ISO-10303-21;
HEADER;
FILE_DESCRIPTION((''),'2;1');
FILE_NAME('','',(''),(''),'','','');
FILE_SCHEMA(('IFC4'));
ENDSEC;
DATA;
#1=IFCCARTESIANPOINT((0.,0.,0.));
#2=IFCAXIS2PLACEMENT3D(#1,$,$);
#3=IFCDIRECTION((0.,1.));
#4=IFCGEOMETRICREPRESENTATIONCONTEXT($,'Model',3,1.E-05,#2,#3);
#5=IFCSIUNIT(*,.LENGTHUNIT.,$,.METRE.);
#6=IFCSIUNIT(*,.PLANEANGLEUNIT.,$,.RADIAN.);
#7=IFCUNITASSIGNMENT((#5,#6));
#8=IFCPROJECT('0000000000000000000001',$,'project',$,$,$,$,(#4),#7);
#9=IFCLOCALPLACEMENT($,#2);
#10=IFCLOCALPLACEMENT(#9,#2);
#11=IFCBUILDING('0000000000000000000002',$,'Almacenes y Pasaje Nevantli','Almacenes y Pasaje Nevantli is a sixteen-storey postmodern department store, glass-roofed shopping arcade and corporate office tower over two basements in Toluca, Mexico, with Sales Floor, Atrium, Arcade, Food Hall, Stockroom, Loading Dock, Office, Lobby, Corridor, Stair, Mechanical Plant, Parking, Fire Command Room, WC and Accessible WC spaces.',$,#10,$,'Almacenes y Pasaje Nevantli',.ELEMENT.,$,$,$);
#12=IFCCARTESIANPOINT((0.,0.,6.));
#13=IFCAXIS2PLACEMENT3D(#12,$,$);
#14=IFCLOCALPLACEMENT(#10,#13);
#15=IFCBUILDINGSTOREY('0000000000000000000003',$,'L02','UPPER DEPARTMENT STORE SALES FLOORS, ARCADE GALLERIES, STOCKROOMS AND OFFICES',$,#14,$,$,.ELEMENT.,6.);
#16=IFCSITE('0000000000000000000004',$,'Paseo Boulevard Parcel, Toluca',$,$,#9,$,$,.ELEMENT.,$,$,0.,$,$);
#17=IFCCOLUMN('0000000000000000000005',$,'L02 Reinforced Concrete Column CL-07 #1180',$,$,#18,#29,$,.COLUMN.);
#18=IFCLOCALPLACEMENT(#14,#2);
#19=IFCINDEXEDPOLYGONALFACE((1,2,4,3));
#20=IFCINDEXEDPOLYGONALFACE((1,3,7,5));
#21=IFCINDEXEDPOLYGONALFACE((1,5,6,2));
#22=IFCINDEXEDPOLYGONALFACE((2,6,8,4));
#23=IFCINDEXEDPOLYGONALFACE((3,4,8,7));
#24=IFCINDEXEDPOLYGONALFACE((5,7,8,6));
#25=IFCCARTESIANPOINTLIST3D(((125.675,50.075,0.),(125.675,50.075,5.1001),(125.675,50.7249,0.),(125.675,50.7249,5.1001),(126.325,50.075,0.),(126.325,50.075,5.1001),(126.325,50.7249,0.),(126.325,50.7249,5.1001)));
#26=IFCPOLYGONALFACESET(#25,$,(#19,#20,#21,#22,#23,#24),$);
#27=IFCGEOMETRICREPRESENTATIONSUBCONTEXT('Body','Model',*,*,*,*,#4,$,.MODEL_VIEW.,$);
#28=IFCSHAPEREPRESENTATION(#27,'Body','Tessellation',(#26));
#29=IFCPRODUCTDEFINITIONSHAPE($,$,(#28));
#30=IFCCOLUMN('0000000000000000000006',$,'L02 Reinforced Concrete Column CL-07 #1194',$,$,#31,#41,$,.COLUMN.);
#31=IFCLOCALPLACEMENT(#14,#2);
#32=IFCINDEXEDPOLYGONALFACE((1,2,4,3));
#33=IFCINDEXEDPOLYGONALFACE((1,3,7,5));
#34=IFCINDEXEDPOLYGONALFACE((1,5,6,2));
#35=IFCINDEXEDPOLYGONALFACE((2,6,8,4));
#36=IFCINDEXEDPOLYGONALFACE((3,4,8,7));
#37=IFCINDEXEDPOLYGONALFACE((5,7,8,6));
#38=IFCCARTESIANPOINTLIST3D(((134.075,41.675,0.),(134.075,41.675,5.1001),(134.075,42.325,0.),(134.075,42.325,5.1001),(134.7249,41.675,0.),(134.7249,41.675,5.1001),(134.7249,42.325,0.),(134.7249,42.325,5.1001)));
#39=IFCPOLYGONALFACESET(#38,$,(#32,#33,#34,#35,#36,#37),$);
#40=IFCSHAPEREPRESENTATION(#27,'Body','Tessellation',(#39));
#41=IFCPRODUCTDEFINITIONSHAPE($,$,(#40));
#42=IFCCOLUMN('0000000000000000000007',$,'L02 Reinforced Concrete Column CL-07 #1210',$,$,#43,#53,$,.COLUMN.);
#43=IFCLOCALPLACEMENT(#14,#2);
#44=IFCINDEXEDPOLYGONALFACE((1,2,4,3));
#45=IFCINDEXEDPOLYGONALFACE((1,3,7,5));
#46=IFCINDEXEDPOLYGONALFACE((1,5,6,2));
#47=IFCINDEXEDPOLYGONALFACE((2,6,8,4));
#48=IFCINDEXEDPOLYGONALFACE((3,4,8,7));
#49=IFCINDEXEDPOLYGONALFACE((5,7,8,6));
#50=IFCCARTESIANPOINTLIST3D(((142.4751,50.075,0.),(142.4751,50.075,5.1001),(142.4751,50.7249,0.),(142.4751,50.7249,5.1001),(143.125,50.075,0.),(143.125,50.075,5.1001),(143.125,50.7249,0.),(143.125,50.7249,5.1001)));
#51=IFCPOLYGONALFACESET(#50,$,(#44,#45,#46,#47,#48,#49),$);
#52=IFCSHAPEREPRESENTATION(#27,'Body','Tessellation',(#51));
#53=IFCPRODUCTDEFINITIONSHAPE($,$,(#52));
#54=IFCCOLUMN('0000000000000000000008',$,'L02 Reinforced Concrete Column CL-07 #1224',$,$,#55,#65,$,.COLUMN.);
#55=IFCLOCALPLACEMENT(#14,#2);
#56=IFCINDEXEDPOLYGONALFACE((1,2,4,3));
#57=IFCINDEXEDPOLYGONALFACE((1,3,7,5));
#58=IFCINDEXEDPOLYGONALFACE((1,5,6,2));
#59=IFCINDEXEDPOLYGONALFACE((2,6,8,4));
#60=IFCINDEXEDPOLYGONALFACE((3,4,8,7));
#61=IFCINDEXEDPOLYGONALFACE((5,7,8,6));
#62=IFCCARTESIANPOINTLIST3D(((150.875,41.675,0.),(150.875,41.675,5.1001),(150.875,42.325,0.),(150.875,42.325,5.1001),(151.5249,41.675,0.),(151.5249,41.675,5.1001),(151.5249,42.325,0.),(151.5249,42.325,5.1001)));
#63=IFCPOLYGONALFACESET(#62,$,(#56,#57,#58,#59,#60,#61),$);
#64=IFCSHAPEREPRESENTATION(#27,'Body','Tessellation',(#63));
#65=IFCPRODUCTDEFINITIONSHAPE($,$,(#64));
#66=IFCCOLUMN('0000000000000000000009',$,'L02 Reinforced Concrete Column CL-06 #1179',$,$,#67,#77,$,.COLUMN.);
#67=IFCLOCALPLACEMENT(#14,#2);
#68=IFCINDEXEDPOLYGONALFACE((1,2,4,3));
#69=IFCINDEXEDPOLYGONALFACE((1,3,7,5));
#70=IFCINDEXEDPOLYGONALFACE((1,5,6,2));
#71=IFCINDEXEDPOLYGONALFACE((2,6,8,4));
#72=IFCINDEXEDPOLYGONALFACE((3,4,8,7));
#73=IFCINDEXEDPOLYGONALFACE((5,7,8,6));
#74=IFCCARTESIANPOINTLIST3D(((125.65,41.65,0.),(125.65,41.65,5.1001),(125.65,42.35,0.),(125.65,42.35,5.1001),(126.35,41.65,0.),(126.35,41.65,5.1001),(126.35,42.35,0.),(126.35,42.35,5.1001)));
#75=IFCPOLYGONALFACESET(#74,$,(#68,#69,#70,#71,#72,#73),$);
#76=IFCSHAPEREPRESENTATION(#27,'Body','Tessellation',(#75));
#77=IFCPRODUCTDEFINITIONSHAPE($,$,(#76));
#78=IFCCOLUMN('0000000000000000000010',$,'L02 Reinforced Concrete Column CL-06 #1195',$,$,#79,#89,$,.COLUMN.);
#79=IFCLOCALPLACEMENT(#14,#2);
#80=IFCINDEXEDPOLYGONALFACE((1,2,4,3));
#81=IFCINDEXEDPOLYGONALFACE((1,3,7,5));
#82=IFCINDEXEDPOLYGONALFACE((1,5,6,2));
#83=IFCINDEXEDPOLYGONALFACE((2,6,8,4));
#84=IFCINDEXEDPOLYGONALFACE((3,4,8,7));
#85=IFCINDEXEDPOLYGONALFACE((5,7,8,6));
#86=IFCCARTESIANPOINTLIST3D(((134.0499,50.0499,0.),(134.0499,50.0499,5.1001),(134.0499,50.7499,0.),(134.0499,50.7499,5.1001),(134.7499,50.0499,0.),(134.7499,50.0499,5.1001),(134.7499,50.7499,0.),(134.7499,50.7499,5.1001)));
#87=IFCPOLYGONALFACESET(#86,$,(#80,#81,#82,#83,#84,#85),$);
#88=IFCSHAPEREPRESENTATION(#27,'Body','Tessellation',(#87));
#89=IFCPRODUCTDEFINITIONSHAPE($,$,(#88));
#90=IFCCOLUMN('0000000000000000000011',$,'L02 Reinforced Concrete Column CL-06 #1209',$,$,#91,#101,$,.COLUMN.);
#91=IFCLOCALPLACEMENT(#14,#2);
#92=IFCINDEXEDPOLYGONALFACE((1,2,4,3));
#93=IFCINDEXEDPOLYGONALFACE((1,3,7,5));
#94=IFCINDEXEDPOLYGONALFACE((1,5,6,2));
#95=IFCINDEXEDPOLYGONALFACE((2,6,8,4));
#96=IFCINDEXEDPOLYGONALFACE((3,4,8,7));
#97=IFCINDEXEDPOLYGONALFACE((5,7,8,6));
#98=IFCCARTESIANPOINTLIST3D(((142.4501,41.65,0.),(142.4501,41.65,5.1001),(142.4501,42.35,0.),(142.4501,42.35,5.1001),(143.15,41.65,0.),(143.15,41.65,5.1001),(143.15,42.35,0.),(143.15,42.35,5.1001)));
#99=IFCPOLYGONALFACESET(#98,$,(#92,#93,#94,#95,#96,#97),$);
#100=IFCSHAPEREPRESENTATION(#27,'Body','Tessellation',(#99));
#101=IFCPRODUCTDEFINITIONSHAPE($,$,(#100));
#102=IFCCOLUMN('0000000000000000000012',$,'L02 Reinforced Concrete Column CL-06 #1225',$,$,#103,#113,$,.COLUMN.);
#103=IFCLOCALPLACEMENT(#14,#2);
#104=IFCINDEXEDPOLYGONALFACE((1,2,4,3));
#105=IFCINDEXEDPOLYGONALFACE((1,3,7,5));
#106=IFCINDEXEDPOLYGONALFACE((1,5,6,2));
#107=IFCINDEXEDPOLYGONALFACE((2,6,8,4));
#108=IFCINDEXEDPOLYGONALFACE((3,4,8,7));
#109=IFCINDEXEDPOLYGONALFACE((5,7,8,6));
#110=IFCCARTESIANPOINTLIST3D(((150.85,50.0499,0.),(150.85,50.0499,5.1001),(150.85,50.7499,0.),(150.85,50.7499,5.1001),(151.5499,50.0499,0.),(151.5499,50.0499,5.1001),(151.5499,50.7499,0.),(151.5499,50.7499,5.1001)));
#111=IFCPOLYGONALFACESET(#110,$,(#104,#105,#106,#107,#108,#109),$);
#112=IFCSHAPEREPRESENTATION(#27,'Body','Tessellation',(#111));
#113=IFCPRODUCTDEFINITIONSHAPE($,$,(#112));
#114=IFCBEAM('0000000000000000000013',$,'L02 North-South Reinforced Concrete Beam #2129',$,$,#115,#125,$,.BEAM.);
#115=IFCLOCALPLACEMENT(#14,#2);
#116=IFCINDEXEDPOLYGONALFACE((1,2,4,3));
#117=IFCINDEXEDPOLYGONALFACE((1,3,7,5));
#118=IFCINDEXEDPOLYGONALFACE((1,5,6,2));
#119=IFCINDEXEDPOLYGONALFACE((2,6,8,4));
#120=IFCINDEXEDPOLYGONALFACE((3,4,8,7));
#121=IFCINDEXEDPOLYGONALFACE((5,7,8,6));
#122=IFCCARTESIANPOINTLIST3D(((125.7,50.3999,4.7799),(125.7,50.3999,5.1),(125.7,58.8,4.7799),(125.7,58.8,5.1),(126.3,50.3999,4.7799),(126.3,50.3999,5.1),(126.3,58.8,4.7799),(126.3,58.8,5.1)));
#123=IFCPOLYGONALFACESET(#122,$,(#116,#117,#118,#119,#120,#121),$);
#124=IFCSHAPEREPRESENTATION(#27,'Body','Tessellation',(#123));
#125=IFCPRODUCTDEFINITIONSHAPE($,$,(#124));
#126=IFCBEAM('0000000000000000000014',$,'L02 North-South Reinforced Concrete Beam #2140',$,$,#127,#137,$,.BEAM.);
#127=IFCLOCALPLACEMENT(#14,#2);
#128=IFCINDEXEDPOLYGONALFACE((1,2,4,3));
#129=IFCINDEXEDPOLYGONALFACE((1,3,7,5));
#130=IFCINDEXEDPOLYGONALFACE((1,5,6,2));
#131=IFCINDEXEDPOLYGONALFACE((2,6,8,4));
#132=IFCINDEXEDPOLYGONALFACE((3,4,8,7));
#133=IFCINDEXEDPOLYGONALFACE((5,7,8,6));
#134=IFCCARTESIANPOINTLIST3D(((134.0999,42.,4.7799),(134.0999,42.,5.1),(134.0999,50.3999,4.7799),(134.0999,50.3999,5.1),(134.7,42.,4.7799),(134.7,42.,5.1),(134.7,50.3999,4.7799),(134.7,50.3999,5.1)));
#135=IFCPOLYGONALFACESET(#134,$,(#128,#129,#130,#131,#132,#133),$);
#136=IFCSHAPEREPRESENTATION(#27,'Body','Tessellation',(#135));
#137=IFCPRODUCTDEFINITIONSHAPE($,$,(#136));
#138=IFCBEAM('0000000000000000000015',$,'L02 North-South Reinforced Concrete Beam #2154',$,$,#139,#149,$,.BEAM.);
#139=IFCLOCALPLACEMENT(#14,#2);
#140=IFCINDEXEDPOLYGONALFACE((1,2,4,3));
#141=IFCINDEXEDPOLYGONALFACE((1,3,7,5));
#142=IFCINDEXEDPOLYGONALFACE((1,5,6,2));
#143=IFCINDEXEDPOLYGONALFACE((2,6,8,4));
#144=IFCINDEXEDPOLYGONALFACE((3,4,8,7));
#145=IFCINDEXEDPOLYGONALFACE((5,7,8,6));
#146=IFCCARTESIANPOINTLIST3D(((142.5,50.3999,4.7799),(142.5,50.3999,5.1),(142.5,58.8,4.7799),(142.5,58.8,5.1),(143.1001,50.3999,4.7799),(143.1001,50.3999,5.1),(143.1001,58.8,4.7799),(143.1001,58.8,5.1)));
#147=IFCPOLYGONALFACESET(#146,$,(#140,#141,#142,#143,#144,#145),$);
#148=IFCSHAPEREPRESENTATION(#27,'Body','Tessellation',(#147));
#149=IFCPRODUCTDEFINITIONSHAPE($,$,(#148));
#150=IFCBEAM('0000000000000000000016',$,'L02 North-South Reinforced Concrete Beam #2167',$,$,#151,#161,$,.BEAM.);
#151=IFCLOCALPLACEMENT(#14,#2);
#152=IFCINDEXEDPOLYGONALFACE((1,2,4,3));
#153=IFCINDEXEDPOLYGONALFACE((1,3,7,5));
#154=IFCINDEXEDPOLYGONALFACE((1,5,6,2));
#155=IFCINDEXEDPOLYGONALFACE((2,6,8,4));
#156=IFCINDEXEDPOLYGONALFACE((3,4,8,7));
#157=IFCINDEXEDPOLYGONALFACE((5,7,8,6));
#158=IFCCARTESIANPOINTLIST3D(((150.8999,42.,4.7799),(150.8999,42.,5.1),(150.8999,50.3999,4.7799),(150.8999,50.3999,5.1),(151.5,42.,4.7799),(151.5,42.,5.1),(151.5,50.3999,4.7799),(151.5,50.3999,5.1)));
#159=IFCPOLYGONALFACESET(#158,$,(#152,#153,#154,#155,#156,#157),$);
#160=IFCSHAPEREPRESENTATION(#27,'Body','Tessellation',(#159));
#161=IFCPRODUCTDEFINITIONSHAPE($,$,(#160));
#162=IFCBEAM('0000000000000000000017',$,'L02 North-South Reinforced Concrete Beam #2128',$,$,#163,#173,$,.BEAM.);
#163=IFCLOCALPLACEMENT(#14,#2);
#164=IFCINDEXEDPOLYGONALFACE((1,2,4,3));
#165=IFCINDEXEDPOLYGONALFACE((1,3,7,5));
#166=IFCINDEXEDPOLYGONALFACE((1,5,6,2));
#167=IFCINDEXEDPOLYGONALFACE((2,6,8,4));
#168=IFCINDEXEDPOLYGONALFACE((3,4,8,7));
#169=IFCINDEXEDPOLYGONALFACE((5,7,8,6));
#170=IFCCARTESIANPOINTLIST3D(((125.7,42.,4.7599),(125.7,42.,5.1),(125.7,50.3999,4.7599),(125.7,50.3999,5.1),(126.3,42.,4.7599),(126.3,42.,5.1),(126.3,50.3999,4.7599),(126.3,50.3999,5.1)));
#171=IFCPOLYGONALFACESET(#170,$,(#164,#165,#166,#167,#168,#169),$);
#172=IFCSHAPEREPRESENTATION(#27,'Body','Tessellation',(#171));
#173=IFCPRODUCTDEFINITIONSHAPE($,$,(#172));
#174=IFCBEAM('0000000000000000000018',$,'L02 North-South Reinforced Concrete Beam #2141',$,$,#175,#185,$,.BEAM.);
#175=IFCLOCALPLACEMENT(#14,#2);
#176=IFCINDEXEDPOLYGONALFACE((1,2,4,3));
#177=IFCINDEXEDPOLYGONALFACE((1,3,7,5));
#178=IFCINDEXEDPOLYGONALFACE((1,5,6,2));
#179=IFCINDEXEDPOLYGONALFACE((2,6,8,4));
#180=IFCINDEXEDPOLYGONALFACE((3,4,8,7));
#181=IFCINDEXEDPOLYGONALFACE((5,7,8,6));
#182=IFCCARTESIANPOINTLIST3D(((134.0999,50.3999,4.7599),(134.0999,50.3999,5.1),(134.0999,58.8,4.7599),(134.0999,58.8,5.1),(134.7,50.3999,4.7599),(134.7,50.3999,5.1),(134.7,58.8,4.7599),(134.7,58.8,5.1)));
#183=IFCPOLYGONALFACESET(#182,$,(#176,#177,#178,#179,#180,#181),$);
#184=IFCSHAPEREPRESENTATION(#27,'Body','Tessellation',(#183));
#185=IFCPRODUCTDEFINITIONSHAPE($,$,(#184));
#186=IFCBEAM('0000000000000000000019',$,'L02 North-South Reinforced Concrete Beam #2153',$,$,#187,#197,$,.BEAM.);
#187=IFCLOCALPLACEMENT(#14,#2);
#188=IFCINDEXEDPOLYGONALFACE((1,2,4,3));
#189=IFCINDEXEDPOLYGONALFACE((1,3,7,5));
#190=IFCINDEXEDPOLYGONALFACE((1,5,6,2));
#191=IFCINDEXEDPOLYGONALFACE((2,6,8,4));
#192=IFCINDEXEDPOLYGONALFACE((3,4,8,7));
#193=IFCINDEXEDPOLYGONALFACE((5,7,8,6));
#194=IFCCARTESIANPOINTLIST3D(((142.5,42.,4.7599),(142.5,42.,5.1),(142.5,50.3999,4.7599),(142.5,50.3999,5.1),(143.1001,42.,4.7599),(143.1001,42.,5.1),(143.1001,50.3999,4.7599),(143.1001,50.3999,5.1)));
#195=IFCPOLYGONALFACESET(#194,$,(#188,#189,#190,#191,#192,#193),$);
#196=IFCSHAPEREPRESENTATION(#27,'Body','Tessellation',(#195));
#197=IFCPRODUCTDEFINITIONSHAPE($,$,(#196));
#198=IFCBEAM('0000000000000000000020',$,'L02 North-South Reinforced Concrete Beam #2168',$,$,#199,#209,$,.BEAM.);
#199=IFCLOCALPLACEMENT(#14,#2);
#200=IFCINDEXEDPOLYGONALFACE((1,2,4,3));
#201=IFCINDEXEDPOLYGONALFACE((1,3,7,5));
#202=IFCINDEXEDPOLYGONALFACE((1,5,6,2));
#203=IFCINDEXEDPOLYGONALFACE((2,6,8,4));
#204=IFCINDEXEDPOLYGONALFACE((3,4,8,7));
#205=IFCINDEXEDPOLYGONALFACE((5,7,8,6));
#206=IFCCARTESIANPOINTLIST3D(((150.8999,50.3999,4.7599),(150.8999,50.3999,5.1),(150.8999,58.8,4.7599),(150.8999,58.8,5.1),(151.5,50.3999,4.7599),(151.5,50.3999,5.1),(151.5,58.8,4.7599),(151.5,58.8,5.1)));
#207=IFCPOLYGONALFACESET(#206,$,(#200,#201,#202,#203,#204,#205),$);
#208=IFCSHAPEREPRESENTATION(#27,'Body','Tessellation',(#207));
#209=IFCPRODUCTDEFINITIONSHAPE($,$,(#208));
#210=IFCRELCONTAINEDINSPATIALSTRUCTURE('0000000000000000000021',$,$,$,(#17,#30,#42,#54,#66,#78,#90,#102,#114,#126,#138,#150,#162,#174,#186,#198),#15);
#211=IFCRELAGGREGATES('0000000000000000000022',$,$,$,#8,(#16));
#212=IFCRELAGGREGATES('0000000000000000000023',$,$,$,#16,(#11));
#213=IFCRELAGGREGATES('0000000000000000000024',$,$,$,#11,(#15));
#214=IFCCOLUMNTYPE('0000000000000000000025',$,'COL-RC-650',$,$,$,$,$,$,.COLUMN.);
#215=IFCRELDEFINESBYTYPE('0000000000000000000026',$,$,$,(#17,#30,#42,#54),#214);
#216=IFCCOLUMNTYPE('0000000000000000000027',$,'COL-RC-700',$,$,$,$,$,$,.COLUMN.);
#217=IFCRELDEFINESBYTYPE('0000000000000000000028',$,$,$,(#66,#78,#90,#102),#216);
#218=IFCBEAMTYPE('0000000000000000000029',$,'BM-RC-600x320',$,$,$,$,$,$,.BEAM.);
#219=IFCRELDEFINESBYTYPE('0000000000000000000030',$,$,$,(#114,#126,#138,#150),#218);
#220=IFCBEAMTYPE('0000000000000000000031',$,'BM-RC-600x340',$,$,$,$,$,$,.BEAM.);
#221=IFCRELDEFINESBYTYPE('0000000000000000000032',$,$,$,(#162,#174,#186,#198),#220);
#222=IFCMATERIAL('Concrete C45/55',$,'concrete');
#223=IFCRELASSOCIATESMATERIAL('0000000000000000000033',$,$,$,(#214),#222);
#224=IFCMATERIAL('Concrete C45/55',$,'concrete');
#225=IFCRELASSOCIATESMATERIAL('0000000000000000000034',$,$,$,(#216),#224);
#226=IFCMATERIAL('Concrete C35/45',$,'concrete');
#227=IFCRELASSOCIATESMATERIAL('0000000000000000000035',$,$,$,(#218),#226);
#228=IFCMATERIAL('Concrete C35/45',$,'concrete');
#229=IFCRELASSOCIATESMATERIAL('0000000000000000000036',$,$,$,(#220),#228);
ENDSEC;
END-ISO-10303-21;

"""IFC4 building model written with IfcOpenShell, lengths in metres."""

from ifc_helpers import new_model, si_unit, direction, frame, origin, origin_2d, place, context, subcontext, project, spatial, rectangle, extrude, material, material_profile, profile_set, type_object, element, save


model = new_model("IFC4")

# Units and contexts
model_context = context("Model", 3, precision=1e-05, world=origin(), true_north=direction((0.0, 1.0)))
body_context = subcontext(model_context, "Body", "Model", "MODEL_VIEW")
ifc_project = project(units=[si_unit("LENGTHUNIT", "METRE"), si_unit("PLANEANGLEUNIT", "RADIAN")], contexts=[model_context])

# Site, building, storey
site_placement = place(None, origin())
site = spatial("IfcSite", under=ifc_project, at=site_placement, Name="Paseo Boulevard Parcel, Toluca", CompositionType="ELEMENT", RefElevation=0.0)
building_placement = place(site_placement, origin())
building = spatial("IfcBuilding", under=site, at=building_placement, Name="Almacenes y Pasaje Nevantli", Description="Almacenes y Pasaje Nevantli is a sixteen-storey postmodern department store, glass-roofed shopping arcade and corporate office tower over two basements in Toluca, Mexico, with Sales Floor, Atrium, Arcade, Food Hall, Stockroom, Loading Dock, Office, Lobby, Corridor, Stair, Mechanical Plant, Parking, Fire Command Room, WC and Accessible WC spaces.", LongName="Almacenes y Pasaje Nevantli", CompositionType="ELEMENT")
storey_placement = place(building_placement, frame((0.0, 0.0, 6.0)))
storey = spatial("IfcBuildingStorey", under=building, at=storey_placement, Name="L02", Description="UPPER DEPARTMENT STORE SALES FLOORS, ARCADE GALLERIES, STOCKROOMS AND OFFICES", CompositionType="ELEMENT", Elevation=6.0)

# Columns
ifc_material_1 = material(Name="Concrete C45/55", Category="concrete")
ifc_material_profile_1 = material_profile(ifc_material_1, rectangle(XDim=0.6499, YDim=0.6499, at=origin_2d()), Name="RC-COL-650x650")
ifc_profile_set_1 = profile_set([ifc_material_profile_1], Name="Concrete C45/55")
column_type_1 = type_object("IfcColumnType", Name="COL-RC-650", PredefinedType="COLUMN", material=ifc_profile_set_1)
for number, where, z_axis, x_axis, name in (
    (1, (126.0, 50.3999, 0.0), (0.0, 0.0, 1.0), (1.0, 0.0, 0.0), "L02 Reinforced Concrete Column CL-07 #1180"),
    (2, (134.3999, 42.0, 0.0), (0.0, 0.0, 1.0), (1.0, 0.0, 0.0), "L02 Reinforced Concrete Column CL-07 #1194"),
    (3, (142.8, 50.3999, 0.0), (0.0, 0.0, 1.0), (1.0, 0.0, 0.0), "L02 Reinforced Concrete Column CL-07 #1210"),
    (4, (151.2, 42.0, 0.0), (0.0, 0.0, 1.0), (1.0, 0.0, 0.0), "L02 Reinforced Concrete Column CL-07 #1224"),
):
    element("IfcColumn", number, at=place(storey_placement, frame(where, z_axis=z_axis, x_axis=x_axis)), inside=storey, type_object=column_type_1, Name=name, PredefinedType="COLUMN", context=body_context, shape_type="SweptSolid", body=[
        extrude(rectangle(XDim=0.6499, YDim=0.6499, at=origin_2d()), origin(), (0.0, 0.0, 1.0), 5.1001),
    ])
ifc_material_2 = material(Name="Concrete C45/55", Category="concrete")
ifc_material_profile_2 = material_profile(ifc_material_2, rectangle(XDim=0.7, YDim=0.7, at=origin_2d()), Name="RC-COL-700x700")
ifc_profile_set_2 = profile_set([ifc_material_profile_2], Name="Concrete C45/55")
column_type_2 = type_object("IfcColumnType", Name="COL-RC-700", PredefinedType="COLUMN", material=ifc_profile_set_2)
for number, where, z_axis, x_axis, name in (
    (5, (126.0, 42.0, 0.0), (0.0, 0.0, 1.0), (1.0, 0.0, 0.0), "L02 Reinforced Concrete Column CL-06 #1179"),
    (6, (134.3999, 50.3999, 0.0), (0.0, 0.0, 1.0), (1.0, 0.0, 0.0), "L02 Reinforced Concrete Column CL-06 #1195"),
    (7, (142.8, 42.0, 0.0), (0.0, 0.0, 1.0), (1.0, 0.0, 0.0), "L02 Reinforced Concrete Column CL-06 #1209"),
    (8, (151.2, 50.3999, 0.0), (0.0, 0.0, 1.0), (1.0, 0.0, 0.0), "L02 Reinforced Concrete Column CL-06 #1225"),
):
    element("IfcColumn", number, at=place(storey_placement, frame(where, z_axis=z_axis, x_axis=x_axis)), inside=storey, type_object=column_type_2, Name=name, PredefinedType="COLUMN", context=body_context, shape_type="SweptSolid", body=[
        extrude(rectangle(XDim=0.7, YDim=0.7, at=origin_2d()), origin(), (0.0, 0.0, 1.0), 5.1001),
    ])

# Beams
ifc_material_3 = material(Name="Concrete C35/45", Category="concrete")
ifc_material_profile_3 = material_profile(ifc_material_3, rectangle(XDim=0.6001, YDim=0.3201, at=origin_2d()), Name="RC-BM-600x320")
ifc_profile_set_3 = profile_set([ifc_material_profile_3], Name="Concrete C35/45")
beam_type_1 = type_object("IfcBeamType", Name="BM-RC-600x320", PredefinedType="BEAM", material=ifc_profile_set_3)
beam_1_placement = place(storey_placement, frame((126.0, 50.3999, 4.9399), z_axis=(0.0, 1.0, 0.0), x_axis=(-1.0, 0.0, 0.0)))
element("IfcBeam", 9, at=beam_1_placement, inside=storey, type_object=beam_type_1, Name="L02 North-South Reinforced Concrete Beam #2129", PredefinedType="BEAM", context=body_context, shape_type="SweptSolid", body=[
    extrude(rectangle(XDim=0.6001, YDim=0.3201, at=origin_2d()), origin(), (0.0, 0.0, 1.0), 8.4001),
])
beam_2_placement = place(storey_placement, frame((134.3999, 42.0, 4.9399), z_axis=(0.0, 1.0, 0.0), x_axis=(-1.0, 0.0, 0.0)))
element("IfcBeam", 10, at=beam_2_placement, inside=storey, type_object=beam_type_1, Name="L02 North-South Reinforced Concrete Beam #2140", PredefinedType="BEAM", context=body_context, shape_type="SweptSolid", body=[
    extrude(rectangle(XDim=0.6001, YDim=0.3201, at=origin_2d()), origin(), (0.0, 0.0, 1.0), 8.3999),
])
beam_3_placement = place(storey_placement, frame((142.8, 50.3999, 4.9399), z_axis=(0.0, 1.0, 0.0), x_axis=(-1.0, 0.0, 0.0)))
element("IfcBeam", 11, at=beam_3_placement, inside=storey, type_object=beam_type_1, Name="L02 North-South Reinforced Concrete Beam #2154", PredefinedType="BEAM", context=body_context, shape_type="SweptSolid", body=[
    extrude(rectangle(XDim=0.6001, YDim=0.3201, at=origin_2d()), origin(), (0.0, 0.0, 1.0), 8.4001),
])
beam_4_placement = place(storey_placement, frame((151.2, 42.0, 4.9399), z_axis=(0.0, 1.0, 0.0), x_axis=(-1.0, 0.0, 0.0)))
element("IfcBeam", 12, at=beam_4_placement, inside=storey, type_object=beam_type_1, Name="L02 North-South Reinforced Concrete Beam #2167", PredefinedType="BEAM", context=body_context, shape_type="SweptSolid", body=[
    extrude(rectangle(XDim=0.6001, YDim=0.3201, at=origin_2d()), origin(), (0.0, 0.0, 1.0), 8.3999),
])
ifc_material_4 = material(Name="Concrete C35/45", Category="concrete")
ifc_material_profile_4 = material_profile(ifc_material_4, rectangle(XDim=0.6001, YDim=0.3401, at=origin_2d()), Name="RC-BM-600x340")
ifc_profile_set_4 = profile_set([ifc_material_profile_4], Name="Concrete C35/45")
beam_type_2 = type_object("IfcBeamType", Name="BM-RC-600x340", PredefinedType="BEAM", material=ifc_profile_set_4)
beam_5_placement = place(storey_placement, frame((126.0, 42.0, 4.9299), z_axis=(0.0, 1.0, 0.0), x_axis=(-1.0, 0.0, 0.0)))
element("IfcBeam", 13, at=beam_5_placement, inside=storey, type_object=beam_type_2, Name="L02 North-South Reinforced Concrete Beam #2128", PredefinedType="BEAM", context=body_context, shape_type="SweptSolid", body=[
    extrude(rectangle(XDim=0.6001, YDim=0.3401, at=origin_2d()), origin(), (0.0, 0.0, 1.0), 8.3999),
])
beam_6_placement = place(storey_placement, frame((134.3999, 50.3999, 4.9299), z_axis=(0.0, 1.0, 0.0), x_axis=(-1.0, 0.0, 0.0)))
element("IfcBeam", 14, at=beam_6_placement, inside=storey, type_object=beam_type_2, Name="L02 North-South Reinforced Concrete Beam #2141", PredefinedType="BEAM", context=body_context, shape_type="SweptSolid", body=[
    extrude(rectangle(XDim=0.6001, YDim=0.3401, at=origin_2d()), origin(), (0.0, 0.0, 1.0), 8.4001),
])
beam_7_placement = place(storey_placement, frame((142.8, 42.0, 4.9299), z_axis=(0.0, 1.0, 0.0), x_axis=(-1.0, 0.0, 0.0)))
element("IfcBeam", 15, at=beam_7_placement, inside=storey, type_object=beam_type_2, Name="L02 North-South Reinforced Concrete Beam #2153", PredefinedType="BEAM", context=body_context, shape_type="SweptSolid", body=[
    extrude(rectangle(XDim=0.6001, YDim=0.3401, at=origin_2d()), origin(), (0.0, 0.0, 1.0), 8.3999),
])
beam_8_placement = place(storey_placement, frame((151.2, 50.3999, 4.9299), z_axis=(0.0, 1.0, 0.0), x_axis=(-1.0, 0.0, 0.0)))
element("IfcBeam", 16, at=beam_8_placement, inside=storey, type_object=beam_type_2, Name="L02 North-South Reinforced Concrete Beam #2168", PredefinedType="BEAM", context=body_context, shape_type="SweptSolid", body=[
    extrude(rectangle(XDim=0.6001, YDim=0.3401, at=origin_2d()), origin(), (0.0, 0.0, 1.0), 8.4001),
])

save(model, "model.ifc")
